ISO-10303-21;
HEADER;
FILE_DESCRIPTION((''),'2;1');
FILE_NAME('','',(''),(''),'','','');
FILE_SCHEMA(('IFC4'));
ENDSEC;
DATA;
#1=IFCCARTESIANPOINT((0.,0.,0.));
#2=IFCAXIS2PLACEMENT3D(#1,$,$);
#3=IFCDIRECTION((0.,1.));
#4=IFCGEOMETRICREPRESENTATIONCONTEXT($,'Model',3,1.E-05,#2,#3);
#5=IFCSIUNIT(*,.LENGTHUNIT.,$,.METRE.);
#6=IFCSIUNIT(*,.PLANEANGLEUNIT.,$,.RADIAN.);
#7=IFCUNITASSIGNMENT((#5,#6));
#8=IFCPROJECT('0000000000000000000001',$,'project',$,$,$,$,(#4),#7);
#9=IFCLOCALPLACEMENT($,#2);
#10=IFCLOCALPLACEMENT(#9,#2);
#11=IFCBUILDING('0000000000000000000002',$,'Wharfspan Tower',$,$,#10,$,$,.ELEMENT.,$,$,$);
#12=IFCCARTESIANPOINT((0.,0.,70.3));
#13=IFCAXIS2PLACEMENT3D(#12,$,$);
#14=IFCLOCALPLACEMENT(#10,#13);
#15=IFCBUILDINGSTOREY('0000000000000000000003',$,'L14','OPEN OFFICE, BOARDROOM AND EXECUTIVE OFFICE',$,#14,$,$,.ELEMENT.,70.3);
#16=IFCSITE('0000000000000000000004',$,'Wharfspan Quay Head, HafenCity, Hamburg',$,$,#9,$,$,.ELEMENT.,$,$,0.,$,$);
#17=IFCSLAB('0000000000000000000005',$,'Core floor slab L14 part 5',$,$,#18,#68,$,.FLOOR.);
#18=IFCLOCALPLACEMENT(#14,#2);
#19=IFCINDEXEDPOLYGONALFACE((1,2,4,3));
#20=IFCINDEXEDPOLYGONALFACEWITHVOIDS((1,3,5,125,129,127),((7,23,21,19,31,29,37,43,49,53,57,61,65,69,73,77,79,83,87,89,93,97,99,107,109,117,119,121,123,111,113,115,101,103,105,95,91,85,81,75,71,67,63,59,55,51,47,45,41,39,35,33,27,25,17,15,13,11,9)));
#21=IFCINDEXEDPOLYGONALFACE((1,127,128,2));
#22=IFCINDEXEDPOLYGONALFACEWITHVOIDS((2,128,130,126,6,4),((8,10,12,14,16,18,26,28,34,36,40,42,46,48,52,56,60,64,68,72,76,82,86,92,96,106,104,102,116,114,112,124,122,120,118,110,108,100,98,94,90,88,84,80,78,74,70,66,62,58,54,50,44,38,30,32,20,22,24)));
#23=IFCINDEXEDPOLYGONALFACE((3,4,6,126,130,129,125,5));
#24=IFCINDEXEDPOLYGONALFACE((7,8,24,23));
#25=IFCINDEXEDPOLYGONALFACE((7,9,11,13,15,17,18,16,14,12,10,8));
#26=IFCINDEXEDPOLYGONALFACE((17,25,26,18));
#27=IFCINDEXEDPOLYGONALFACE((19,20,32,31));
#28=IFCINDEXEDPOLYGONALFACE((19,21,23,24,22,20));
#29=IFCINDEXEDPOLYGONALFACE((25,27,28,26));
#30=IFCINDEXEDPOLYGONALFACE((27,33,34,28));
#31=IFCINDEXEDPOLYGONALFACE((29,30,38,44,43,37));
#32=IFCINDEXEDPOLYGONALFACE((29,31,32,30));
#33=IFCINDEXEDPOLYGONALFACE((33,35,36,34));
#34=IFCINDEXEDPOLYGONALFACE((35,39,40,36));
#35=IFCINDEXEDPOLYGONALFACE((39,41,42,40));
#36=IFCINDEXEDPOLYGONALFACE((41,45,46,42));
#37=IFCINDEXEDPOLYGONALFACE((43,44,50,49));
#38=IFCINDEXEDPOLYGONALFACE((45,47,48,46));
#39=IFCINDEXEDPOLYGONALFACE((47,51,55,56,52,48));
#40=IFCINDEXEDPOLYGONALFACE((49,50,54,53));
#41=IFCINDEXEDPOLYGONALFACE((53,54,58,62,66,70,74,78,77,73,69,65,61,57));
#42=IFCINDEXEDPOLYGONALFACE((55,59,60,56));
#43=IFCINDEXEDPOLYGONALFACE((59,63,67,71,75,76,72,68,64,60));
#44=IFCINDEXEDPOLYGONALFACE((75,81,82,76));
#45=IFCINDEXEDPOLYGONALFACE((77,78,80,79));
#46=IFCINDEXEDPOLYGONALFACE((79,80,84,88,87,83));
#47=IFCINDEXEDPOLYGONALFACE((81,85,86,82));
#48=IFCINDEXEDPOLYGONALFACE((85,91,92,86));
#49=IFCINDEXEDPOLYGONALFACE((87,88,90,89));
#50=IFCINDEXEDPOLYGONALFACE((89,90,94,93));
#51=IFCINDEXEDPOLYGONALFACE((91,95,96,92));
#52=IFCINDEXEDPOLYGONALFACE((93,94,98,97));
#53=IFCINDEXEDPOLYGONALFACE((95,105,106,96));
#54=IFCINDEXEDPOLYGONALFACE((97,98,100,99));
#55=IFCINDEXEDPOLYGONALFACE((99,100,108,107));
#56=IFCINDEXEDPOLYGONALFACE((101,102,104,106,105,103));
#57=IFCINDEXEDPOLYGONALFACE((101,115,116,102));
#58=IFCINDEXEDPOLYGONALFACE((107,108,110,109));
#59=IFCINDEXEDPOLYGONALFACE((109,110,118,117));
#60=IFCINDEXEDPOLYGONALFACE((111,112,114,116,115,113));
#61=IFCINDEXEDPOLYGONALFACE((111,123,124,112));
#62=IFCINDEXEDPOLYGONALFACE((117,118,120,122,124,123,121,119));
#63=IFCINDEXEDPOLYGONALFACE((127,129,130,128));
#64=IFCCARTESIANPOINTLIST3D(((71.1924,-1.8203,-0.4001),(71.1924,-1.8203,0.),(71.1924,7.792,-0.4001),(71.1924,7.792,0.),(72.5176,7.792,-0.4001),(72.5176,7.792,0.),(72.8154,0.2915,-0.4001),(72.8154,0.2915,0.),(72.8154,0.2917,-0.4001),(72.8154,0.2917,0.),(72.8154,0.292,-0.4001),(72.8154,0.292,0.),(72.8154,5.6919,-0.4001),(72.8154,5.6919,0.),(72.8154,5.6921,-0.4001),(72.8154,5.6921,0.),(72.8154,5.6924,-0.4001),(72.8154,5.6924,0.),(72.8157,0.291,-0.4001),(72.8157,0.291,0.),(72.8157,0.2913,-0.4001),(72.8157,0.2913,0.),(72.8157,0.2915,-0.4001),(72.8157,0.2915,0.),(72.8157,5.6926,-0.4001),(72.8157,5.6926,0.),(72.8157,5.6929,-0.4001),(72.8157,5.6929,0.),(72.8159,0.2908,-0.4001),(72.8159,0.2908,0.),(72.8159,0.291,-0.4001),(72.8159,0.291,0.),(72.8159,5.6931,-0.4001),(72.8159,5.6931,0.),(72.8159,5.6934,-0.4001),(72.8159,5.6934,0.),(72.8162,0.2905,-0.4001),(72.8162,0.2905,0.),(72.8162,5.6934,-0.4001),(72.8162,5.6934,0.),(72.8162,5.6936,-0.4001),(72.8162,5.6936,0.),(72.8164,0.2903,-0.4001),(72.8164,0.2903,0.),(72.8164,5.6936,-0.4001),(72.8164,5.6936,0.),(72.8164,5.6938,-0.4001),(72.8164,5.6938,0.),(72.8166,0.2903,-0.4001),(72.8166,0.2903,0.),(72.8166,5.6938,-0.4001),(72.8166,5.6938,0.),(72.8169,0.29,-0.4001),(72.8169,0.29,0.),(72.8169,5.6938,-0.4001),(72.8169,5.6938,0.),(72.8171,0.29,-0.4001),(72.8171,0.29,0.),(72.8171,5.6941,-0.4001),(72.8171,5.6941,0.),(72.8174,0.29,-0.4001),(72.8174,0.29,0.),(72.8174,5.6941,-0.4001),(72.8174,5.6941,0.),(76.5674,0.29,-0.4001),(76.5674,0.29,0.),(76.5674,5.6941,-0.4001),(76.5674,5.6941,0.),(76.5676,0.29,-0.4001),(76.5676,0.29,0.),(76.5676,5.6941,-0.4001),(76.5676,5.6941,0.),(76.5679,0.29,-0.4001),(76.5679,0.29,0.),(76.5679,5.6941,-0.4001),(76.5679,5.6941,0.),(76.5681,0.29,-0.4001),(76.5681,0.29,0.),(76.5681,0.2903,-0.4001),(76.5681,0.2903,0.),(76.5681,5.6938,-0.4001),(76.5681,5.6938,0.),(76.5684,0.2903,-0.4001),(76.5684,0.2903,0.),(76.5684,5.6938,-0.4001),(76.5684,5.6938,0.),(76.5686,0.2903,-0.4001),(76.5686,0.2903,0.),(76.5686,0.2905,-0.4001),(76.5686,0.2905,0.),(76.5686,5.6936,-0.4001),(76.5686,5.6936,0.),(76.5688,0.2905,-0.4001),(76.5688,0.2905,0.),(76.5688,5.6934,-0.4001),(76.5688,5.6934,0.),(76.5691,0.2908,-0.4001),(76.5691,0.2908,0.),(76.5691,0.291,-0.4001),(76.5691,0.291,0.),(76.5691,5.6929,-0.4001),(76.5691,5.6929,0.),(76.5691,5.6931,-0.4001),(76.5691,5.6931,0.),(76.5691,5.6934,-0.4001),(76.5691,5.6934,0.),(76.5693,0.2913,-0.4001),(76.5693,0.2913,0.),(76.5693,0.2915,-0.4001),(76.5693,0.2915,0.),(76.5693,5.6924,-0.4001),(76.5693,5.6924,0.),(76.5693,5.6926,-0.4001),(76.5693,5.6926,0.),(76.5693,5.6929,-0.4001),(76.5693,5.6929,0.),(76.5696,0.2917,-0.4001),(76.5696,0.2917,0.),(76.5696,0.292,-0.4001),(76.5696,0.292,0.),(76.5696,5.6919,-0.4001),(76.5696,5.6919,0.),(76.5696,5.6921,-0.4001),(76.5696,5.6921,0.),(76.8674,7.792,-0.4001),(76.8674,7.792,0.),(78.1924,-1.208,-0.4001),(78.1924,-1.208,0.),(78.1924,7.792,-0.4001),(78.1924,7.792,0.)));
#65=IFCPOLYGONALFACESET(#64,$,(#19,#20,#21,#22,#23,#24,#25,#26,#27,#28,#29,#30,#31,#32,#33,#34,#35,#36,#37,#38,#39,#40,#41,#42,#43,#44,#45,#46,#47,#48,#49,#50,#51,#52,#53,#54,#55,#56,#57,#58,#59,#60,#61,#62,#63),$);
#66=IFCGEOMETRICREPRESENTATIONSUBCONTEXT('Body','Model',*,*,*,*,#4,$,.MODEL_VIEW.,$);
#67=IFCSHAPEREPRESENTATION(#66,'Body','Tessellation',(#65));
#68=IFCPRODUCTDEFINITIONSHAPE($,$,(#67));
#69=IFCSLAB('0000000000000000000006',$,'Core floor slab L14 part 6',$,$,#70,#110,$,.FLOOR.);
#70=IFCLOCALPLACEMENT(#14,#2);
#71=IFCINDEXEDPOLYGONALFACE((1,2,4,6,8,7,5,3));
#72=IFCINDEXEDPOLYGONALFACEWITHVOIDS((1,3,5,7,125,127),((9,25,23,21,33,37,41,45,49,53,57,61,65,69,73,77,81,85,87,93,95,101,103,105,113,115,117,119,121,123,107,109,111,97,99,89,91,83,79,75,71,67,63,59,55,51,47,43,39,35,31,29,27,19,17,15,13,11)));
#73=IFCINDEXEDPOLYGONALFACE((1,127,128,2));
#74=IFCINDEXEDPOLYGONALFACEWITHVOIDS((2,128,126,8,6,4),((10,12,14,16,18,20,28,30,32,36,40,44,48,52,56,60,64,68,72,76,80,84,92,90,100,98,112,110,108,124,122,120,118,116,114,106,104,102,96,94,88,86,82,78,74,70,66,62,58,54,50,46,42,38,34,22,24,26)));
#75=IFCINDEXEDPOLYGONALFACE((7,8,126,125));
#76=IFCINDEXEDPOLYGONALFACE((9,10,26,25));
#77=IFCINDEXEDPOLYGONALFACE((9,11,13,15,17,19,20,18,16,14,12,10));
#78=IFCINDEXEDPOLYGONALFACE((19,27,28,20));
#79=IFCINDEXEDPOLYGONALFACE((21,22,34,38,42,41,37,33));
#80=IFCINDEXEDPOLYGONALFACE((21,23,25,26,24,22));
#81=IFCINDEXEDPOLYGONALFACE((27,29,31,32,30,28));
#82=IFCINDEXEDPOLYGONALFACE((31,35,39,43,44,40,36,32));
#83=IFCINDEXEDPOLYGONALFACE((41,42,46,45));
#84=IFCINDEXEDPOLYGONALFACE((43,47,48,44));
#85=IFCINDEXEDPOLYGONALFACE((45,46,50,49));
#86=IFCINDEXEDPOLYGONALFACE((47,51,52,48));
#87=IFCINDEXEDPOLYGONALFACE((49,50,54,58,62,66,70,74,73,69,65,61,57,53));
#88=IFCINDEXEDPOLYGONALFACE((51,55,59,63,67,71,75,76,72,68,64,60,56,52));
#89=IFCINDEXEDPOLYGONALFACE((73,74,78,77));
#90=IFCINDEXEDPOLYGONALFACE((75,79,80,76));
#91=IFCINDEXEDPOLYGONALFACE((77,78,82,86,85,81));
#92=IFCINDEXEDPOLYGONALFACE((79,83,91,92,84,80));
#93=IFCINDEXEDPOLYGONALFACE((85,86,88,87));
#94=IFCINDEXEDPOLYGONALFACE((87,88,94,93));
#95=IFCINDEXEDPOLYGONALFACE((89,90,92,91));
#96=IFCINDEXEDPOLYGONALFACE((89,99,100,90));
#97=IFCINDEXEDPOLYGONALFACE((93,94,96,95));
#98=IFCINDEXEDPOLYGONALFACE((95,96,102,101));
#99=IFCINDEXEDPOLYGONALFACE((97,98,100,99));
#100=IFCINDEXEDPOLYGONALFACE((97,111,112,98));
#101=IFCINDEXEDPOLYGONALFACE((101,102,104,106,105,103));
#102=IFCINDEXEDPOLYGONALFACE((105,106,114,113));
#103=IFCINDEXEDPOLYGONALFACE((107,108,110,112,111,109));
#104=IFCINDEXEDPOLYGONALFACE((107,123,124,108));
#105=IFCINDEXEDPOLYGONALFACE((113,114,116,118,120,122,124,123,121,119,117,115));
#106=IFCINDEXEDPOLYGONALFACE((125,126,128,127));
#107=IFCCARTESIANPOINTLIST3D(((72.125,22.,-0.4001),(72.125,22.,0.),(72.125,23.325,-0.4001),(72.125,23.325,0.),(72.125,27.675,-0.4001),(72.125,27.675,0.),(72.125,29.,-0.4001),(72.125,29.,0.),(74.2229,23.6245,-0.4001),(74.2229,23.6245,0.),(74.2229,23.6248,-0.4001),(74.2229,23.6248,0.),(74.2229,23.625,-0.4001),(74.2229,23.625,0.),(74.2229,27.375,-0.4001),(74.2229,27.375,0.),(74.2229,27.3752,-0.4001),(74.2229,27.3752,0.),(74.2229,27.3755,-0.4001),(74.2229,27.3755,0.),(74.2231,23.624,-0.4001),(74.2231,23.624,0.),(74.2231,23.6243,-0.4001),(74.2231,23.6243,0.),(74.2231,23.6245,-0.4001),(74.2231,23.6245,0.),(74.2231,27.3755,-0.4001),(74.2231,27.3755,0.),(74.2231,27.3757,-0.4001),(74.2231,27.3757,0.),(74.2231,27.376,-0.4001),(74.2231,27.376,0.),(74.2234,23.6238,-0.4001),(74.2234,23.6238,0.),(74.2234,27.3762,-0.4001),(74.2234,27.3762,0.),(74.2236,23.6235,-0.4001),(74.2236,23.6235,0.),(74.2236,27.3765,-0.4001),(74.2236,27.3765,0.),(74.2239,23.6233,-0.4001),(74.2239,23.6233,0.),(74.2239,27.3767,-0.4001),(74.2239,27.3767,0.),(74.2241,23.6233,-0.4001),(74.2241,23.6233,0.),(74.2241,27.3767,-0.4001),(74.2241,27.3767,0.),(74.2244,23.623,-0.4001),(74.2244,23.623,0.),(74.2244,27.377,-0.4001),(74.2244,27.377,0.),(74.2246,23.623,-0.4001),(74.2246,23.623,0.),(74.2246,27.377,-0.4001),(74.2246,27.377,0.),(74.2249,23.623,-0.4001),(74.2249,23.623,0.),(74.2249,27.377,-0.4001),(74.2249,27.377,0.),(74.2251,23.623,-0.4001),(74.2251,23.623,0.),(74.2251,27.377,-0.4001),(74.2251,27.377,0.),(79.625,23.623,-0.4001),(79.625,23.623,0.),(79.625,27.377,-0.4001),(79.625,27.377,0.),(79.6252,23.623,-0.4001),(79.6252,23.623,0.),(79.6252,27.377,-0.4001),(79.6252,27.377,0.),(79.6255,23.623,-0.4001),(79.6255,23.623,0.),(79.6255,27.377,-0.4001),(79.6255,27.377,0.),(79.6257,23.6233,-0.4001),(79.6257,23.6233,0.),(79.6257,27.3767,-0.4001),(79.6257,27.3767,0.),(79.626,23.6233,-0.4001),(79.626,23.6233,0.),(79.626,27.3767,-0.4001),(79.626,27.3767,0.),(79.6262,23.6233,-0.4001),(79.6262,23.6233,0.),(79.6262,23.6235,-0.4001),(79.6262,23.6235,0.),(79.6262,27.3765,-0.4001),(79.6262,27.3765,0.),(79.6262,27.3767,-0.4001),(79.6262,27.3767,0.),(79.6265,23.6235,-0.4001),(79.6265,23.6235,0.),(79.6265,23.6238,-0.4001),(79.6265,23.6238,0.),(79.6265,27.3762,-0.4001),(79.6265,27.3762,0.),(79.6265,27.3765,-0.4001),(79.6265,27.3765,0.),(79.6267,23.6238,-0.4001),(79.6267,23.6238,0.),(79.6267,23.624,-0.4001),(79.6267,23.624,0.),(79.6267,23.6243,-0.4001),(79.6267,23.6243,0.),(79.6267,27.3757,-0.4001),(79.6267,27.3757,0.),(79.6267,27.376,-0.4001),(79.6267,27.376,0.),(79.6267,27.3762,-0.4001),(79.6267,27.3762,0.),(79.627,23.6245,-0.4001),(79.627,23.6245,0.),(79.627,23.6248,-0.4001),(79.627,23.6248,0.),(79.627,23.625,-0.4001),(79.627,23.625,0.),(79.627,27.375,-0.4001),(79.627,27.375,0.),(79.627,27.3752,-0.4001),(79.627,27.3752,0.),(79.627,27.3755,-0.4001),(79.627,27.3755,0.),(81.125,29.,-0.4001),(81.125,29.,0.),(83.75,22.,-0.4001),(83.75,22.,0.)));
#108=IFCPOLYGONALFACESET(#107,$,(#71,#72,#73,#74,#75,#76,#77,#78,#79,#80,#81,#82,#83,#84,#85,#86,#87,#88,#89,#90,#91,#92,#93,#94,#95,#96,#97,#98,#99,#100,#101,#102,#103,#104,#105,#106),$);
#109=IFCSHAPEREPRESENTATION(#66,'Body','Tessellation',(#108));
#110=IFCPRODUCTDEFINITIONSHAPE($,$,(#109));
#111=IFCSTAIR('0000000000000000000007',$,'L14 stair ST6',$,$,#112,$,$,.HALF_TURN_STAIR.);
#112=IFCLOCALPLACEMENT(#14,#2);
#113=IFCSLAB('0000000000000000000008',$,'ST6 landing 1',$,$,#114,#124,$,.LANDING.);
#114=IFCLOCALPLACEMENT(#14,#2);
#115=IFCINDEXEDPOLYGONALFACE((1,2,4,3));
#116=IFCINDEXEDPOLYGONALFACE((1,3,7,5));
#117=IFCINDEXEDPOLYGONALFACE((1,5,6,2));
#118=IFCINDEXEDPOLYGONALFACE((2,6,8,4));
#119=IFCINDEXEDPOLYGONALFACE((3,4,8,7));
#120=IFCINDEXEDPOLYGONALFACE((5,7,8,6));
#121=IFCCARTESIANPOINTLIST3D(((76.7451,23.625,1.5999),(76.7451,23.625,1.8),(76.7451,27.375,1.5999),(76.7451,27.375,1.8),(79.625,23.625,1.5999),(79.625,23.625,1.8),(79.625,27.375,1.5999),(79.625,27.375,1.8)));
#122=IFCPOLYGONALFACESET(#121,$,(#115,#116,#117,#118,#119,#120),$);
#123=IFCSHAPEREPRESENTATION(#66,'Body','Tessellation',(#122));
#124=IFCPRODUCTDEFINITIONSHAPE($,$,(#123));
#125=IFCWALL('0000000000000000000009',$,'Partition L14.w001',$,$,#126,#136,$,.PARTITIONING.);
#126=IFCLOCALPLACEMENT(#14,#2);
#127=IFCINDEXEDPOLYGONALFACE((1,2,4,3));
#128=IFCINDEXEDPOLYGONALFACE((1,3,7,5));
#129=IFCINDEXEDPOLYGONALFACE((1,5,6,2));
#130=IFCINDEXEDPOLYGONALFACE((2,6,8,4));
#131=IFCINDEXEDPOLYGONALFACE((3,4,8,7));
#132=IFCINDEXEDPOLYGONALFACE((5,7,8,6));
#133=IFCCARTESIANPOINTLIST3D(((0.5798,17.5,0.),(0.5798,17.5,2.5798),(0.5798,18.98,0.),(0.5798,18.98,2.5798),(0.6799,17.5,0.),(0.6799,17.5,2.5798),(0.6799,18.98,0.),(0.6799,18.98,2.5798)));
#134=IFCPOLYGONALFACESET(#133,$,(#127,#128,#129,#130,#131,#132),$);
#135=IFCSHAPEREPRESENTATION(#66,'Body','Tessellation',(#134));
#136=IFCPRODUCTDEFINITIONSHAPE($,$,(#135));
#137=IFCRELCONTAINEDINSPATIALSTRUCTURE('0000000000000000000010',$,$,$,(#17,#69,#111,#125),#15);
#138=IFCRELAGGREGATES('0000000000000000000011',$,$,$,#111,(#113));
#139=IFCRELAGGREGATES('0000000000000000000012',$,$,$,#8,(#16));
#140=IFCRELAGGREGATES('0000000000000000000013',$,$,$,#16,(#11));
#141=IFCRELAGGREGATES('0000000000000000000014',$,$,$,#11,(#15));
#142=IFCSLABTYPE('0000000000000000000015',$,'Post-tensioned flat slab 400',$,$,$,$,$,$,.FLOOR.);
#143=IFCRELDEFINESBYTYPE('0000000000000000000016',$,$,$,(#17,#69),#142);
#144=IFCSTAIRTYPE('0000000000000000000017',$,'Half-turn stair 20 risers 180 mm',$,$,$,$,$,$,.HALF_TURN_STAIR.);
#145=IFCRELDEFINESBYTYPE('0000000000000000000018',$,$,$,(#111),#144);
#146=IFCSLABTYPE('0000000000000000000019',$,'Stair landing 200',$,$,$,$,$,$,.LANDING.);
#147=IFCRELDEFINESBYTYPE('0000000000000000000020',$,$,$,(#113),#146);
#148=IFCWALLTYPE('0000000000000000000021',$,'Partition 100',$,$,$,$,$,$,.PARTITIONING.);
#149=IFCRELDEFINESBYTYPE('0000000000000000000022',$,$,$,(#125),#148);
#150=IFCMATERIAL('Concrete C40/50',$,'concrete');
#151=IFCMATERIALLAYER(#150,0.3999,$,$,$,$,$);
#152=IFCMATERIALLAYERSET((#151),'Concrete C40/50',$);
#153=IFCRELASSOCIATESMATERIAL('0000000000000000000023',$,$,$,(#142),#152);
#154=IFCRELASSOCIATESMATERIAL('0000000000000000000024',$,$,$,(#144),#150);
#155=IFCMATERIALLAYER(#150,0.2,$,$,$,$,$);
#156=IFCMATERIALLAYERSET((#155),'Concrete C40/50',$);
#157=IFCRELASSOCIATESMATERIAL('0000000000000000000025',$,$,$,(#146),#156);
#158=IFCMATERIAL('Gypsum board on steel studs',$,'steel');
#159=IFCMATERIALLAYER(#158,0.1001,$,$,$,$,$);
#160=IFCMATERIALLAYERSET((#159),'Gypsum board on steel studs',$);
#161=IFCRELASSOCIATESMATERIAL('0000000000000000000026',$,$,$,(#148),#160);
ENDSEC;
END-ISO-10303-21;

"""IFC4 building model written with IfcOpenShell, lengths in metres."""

from ifc_helpers import new_model, si_unit, direction, frame, frame_2d, origin, place, context, subcontext, project, spatial, polyline, rectangle, outline, extrude, material, layer, layer_set, type_object, element, aggregate, save


model = new_model("IFC4")

# Units and contexts
model_context = context("Model", 3, precision=1e-05, world=origin(), true_north=direction((0.0, 1.0)))
body_context = subcontext(model_context, "Body", "Model", "MODEL_VIEW")
ifc_project = project(units=[si_unit("LENGTHUNIT", "METRE"), si_unit("PLANEANGLEUNIT", "RADIAN")], contexts=[model_context])

# Site, building, storey
site_placement = place(None, origin())
site = spatial("IfcSite", under=ifc_project, at=site_placement, Name="Wharfspan Quay Head, HafenCity, Hamburg", CompositionType="ELEMENT", RefElevation=0.0)
building_placement = place(site_placement, origin())
building = spatial("IfcBuilding", under=site, at=building_placement, Name="Wharfspan Tower", CompositionType="ELEMENT")
storey_placement = place(building_placement, frame((0.0, 0.0, 70.3)))
storey = spatial("IfcBuildingStorey", under=building, at=storey_placement, Name="L14", Description="OPEN OFFICE, BOARDROOM AND EXECUTIVE OFFICE", CompositionType="ELEMENT", Elevation=70.3)

# Slabs
ifc_material_1 = material(Name="Concrete C40/50", Category="concrete")
ifc_layer_1 = layer(ifc_material_1, 0.3999)
ifc_layer_set_1 = layer_set([ifc_layer_1], Name="Concrete C40/50")
slab_type_1 = type_object("IfcSlabType", Name="Post-tensioned flat slab 400", PredefinedType="FLOOR", material=ifc_layer_set_1)
slab_1_placement = place(storey_placement, frame((0.0, 0.0, -0.4001)))
element("IfcSlab", 1, at=slab_1_placement, inside=storey, type_object=slab_type_1, Name="Core floor slab L14 part 5", PredefinedType="FLOOR", context=body_context, shape_type="SweptSolid", body=[
    extrude(outline(polyline([(78.1924, 7.792), (76.8674, 7.792), (72.5176, 7.792), (71.1924, 7.792), (71.1924, -1.8203), (78.1924, -1.208), (78.1924, 7.792)]), holes=[polyline([(76.5674, 5.6941), (76.5676, 5.6941), (76.5679, 5.6941), (76.5681, 5.6938), (76.5681, 5.6938), (76.5684, 5.6938), (76.5686, 5.6936), (76.5686, 5.6936), (76.5688, 5.6934), (76.5691, 5.6934), (76.5691, 5.6931), (76.5691, 5.6929), (76.5693, 5.6929), (76.5693, 5.6926), (76.5693, 5.6924), (76.5696, 5.6921), (76.5696, 5.6919), (76.5696, 0.292), (76.5696, 0.2917), (76.5693, 0.2915), (76.5693, 0.2915), (76.5693, 0.2913), (76.5691, 0.291), (76.5691, 0.291), (76.5691, 0.2908), (76.5688, 0.2905), (76.5686, 0.2905), (76.5686, 0.2903), (76.5684, 0.2903), (76.5681, 0.2903), (76.5681, 0.29), (76.5679, 0.29), (76.5676, 0.29), (76.5674, 0.29), (72.8174, 0.29), (72.8174, 0.29), (72.8171, 0.29), (72.8169, 0.29), (72.8166, 0.2903), (72.8164, 0.2903), (72.8164, 0.2903), (72.8162, 0.2905), (72.8162, 0.2905), (72.8159, 0.2908), (72.8159, 0.291), (72.8157, 0.291), (72.8157, 0.2913), (72.8157, 0.2915), (72.8154, 0.2915), (72.8154, 0.2917), (72.8154, 0.292), (72.8154, 5.6919), (72.8154, 5.6921), (72.8154, 5.6924), (72.8157, 5.6926), (72.8157, 5.6929), (72.8157, 5.6929), (72.8159, 5.6931), (72.8159, 5.6934), (72.8162, 5.6934), (72.8162, 5.6936), (72.8164, 5.6936), (72.8164, 5.6938), (72.8166, 5.6938), (72.8169, 5.6938), (72.8171, 5.6941), (72.8174, 5.6941), (72.8174, 5.6941), (76.5674, 5.6941)])]), origin(), (0.0, 0.0, 1.0), 0.4001),
])
slab_2_placement = place(storey_placement, frame((0.0, 0.0, -0.4001)))
element("IfcSlab", 2, at=slab_2_placement, inside=storey, type_object=slab_type_1, Name="Core floor slab L14 part 6", PredefinedType="FLOOR", context=body_context, shape_type="SweptSolid", body=[
    extrude(outline(polyline([(81.125, 29.0), (72.125, 29.0), (72.125, 27.675), (72.125, 23.325), (72.125, 22.0), (83.75, 22.0), (81.125, 29.0)]), holes=[polyline([(74.2229, 27.375), (74.2229, 27.3752), (74.2229, 27.3755), (74.2231, 27.3755), (74.2231, 27.3757), (74.2231, 27.376), (74.2234, 27.3762), (74.2234, 27.3762), (74.2236, 27.3765), (74.2236, 27.3765), (74.2239, 27.3767), (74.2241, 27.3767), (74.2241, 27.3767), (74.2244, 27.377), (74.2246, 27.377), (74.2249, 27.377), (74.2251, 27.377), (79.625, 27.377), (79.6252, 27.377), (79.6255, 27.377), (79.6255, 27.377), (79.6257, 27.3767), (79.626, 27.3767), (79.6262, 27.3767), (79.6262, 27.3765), (79.6265, 27.3765), (79.6265, 27.3762), (79.6267, 27.3762), (79.6267, 27.376), (79.6267, 27.3757), (79.627, 27.3755), (79.627, 27.3755), (79.627, 27.3752), (79.627, 27.375), (79.627, 23.625), (79.627, 23.6248), (79.627, 23.6245), (79.627, 23.6245), (79.6267, 23.6243), (79.6267, 23.624), (79.6267, 23.6238), (79.6265, 23.6238), (79.6265, 23.6235), (79.6262, 23.6235), (79.6262, 23.6233), (79.626, 23.6233), (79.6257, 23.6233), (79.6255, 23.623), (79.6255, 23.623), (79.6252, 23.623), (79.625, 23.623), (74.2251, 23.623), (74.2249, 23.623), (74.2246, 23.623), (74.2244, 23.623), (74.2241, 23.6233), (74.2241, 23.6233), (74.2239, 23.6233), (74.2236, 23.6235), (74.2236, 23.6235), (74.2234, 23.6238), (74.2234, 23.6238), (74.2231, 23.624), (74.2231, 23.6243), (74.2231, 23.6245), (74.2229, 23.6245), (74.2229, 23.6248), (74.2229, 23.625), (74.2229, 27.375)])]), origin(), (0.0, 0.0, 1.0), 0.4001),
])

# Stair, slab
stair_type = type_object("IfcStairType", Name="Half-turn stair 20 risers 180 mm", PredefinedType="HALF_TURN_STAIR", material=ifc_material_1)
stair_placement = place(storey_placement, origin())
stair = element("IfcStair", 3, at=stair_placement, inside=storey, type_object=stair_type, Name="L14 stair ST6", PredefinedType="HALF_TURN_STAIR")
ifc_layer_2 = layer(ifc_material_1, 0.2)
ifc_layer_set_2 = layer_set([ifc_layer_2], Name="Concrete C40/50")
slab_type_2 = type_object("IfcSlabType", Name="Stair landing 200", PredefinedType="LANDING", material=ifc_layer_set_2)
slab_3_placement = place(storey_placement, frame((0.0, 0.0, 1.5999)))
slab_3 = element("IfcSlab", 4, at=slab_3_placement, type_object=slab_type_2, Name="ST6 landing 1", PredefinedType="LANDING", context=body_context, shape_type="SweptSolid", body=[
    extrude(outline(polyline([(76.7451, 23.625), (79.625, 23.625), (79.625, 27.375), (76.7451, 27.375), (76.7451, 23.625)])), origin(), (0.0, 0.0, 1.0), 0.2002),
])
aggregate(stair, [slab_3])

# Wall
ifc_material_2 = material(Name="Gypsum board on steel studs", Category="steel")
ifc_layer_3 = layer(ifc_material_2, 0.1001)
ifc_layer_set_3 = layer_set([ifc_layer_3], Name="Gypsum board on steel studs")
wall_type_1 = type_object("IfcWallType", Name="Partition 100", PredefinedType="PARTITIONING", material=ifc_layer_set_3)
wall_1_placement = place(storey_placement, frame((0.6299, 17.5, 0.0), z_axis=(0.0, 0.0, 1.0), x_axis=(0.0, 1.0, 0.0)))
element("IfcWall", 5, at=wall_1_placement, inside=storey, type_object=wall_type_1, Name="Partition L14.w001", PredefinedType="PARTITIONING", context=body_context, shape_type="SweptSolid", body=[
    extrude(rectangle(XDim=1.48, YDim=0.1001, at=frame_2d((0.74, 0.0))), origin(), (0.0, 0.0, 1.0), 2.5798),
])

save(model, "model.ifc")
